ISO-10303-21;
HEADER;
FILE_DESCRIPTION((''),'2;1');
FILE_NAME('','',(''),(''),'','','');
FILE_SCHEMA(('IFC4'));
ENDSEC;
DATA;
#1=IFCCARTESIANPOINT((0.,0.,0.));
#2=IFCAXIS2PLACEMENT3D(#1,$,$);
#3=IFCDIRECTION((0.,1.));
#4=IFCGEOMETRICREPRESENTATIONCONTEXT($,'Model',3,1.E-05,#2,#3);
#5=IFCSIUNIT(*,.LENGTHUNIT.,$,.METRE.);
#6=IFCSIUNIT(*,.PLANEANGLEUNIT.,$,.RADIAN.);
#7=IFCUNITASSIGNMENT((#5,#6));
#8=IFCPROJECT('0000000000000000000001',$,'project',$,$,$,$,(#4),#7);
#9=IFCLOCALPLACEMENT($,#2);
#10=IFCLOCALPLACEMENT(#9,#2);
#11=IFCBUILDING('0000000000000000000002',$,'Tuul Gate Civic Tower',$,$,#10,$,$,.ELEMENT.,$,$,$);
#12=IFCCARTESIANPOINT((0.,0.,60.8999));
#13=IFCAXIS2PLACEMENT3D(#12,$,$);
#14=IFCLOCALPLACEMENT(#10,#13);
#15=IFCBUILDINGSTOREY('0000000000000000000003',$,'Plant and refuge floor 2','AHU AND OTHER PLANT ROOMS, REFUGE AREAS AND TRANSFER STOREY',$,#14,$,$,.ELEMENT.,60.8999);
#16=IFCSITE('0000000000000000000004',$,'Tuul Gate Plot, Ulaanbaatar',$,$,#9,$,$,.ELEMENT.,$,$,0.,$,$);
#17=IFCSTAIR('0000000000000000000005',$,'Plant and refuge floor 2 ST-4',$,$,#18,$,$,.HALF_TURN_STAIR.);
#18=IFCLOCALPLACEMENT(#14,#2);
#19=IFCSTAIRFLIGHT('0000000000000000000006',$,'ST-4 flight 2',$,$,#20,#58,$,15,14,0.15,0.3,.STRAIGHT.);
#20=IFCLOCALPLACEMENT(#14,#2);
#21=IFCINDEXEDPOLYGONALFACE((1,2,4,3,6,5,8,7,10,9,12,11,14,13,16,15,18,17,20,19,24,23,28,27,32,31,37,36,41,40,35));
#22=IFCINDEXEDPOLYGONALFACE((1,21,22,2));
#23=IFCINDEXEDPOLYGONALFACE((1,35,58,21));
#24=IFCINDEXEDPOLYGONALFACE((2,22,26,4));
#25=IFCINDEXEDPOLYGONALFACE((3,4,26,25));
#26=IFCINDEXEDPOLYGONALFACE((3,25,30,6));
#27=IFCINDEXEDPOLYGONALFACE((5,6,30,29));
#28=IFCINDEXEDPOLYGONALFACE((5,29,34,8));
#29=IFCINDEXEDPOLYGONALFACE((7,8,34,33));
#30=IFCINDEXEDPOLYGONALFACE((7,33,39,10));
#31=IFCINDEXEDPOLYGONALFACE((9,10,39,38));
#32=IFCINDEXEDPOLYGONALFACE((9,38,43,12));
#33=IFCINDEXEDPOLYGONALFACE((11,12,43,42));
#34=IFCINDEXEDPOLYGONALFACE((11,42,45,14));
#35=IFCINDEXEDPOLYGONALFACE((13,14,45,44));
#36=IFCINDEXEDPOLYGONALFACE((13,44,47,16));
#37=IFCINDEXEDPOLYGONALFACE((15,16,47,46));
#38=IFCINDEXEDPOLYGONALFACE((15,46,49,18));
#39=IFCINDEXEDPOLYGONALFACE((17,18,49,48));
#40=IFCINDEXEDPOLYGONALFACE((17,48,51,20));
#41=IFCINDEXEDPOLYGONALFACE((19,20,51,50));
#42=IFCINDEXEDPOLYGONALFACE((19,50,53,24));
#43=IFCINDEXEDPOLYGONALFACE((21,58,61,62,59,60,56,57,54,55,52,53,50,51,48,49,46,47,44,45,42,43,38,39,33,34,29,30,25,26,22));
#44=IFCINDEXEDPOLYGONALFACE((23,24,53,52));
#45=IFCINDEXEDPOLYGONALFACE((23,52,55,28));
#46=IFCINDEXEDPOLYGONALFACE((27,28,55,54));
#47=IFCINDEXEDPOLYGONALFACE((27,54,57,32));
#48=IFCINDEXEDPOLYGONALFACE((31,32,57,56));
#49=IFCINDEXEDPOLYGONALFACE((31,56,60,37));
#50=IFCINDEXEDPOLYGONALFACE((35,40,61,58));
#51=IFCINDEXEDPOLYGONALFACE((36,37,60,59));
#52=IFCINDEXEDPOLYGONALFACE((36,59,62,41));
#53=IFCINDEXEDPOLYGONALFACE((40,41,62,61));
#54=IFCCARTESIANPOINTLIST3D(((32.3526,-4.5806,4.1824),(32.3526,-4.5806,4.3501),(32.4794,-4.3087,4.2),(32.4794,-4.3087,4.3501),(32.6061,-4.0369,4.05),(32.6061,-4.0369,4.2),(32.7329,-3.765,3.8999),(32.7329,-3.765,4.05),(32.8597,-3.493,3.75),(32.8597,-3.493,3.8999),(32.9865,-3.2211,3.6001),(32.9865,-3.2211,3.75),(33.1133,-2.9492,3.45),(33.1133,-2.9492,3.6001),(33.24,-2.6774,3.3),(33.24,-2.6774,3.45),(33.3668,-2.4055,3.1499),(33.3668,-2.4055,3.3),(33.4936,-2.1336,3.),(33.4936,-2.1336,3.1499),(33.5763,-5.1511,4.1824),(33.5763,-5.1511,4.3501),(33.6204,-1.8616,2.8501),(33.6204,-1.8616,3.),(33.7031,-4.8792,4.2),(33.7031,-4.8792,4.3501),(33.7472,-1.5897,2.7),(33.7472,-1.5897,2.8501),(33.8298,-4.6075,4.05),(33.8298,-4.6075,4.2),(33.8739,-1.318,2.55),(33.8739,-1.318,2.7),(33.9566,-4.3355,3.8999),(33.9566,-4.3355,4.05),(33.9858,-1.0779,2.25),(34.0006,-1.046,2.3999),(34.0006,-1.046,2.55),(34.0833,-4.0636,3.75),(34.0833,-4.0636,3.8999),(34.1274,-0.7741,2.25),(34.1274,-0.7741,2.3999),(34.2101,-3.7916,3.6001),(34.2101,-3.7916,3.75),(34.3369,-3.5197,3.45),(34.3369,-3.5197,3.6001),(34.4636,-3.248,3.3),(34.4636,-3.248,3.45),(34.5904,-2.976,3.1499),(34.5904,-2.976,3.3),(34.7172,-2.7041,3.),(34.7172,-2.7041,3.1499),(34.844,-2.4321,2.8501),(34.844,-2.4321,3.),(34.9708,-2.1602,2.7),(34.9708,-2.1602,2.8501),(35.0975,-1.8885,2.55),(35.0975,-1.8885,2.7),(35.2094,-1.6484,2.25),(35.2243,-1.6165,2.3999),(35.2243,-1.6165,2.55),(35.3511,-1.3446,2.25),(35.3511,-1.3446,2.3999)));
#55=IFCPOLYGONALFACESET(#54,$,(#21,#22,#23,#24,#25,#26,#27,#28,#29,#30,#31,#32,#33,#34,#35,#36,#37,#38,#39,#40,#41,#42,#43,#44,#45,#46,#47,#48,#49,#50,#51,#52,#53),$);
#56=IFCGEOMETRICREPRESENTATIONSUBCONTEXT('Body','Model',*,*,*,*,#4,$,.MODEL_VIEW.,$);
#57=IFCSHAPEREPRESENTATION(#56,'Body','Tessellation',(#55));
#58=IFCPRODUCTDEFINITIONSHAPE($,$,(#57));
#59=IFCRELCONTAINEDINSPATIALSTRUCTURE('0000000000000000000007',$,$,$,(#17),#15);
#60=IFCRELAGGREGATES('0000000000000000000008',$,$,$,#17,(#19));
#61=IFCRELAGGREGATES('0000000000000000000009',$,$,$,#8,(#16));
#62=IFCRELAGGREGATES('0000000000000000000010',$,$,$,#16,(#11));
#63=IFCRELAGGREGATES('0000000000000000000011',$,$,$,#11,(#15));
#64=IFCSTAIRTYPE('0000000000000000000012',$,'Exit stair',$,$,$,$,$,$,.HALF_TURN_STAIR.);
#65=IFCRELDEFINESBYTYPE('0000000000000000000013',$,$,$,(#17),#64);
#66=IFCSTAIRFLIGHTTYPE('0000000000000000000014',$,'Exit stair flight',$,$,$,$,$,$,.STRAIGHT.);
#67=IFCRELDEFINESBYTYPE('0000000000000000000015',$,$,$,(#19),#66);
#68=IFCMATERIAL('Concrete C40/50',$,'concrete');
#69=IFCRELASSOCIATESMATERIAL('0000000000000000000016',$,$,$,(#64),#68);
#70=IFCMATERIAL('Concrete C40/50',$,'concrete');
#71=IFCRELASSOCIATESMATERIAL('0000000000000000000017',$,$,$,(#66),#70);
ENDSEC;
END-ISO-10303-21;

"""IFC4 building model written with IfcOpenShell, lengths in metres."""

from ifc_helpers import new_model, si_unit, direction, frame, origin, place, context, subcontext, project, spatial, polyline, outline, extrude, material, type_object, element, aggregate, save


model = new_model("IFC4")

# Units and contexts
model_context = context("Model", 3, precision=1e-05, world=origin(), true_north=direction((0.0, 1.0)))
body_context = subcontext(model_context, "Body", "Model", "MODEL_VIEW")
ifc_project = project(units=[si_unit("LENGTHUNIT", "METRE"), si_unit("PLANEANGLEUNIT", "RADIAN")], contexts=[model_context])

# Site, building, storey
site_placement = place(None, origin())
site = spatial("IfcSite", under=ifc_project, at=site_placement, Name="Tuul Gate Plot, Ulaanbaatar", CompositionType="ELEMENT", RefElevation=0.0)
building_placement = place(site_placement, origin())
building = spatial("IfcBuilding", under=site, at=building_placement, Name="Tuul Gate Civic Tower", CompositionType="ELEMENT")
storey_placement = place(building_placement, frame((0.0, 0.0, 60.8999)))
storey = spatial("IfcBuildingStorey", under=building, at=storey_placement, Name="Plant and refuge floor 2", Description="AHU AND OTHER PLANT ROOMS, REFUGE AREAS AND TRANSFER STOREY", CompositionType="ELEMENT", Elevation=60.8999)

# Stair, stair flight
ifc_material_1 = material(Name="Concrete C40/50", Category="concrete")
stair_type = type_object("IfcStairType", Name="Exit stair", PredefinedType="HALF_TURN_STAIR", material=ifc_material_1)
stair_placement = place(storey_placement, origin())
stair = element("IfcStair", 1, at=stair_placement, inside=storey, type_object=stair_type, Name="Plant and refuge floor 2 ST-4", PredefinedType="HALF_TURN_STAIR")
ifc_material_2 = material(Name="Concrete C40/50", Category="concrete")
stair_flight_type = type_object("IfcStairFlightType", Name="Exit stair flight", PredefinedType="STRAIGHT", material=ifc_material_2)
stair_flight_placement = place(storey_placement, frame((34.7393, -1.0593, 2.25), z_axis=(0.0, 0.0, 1.0), x_axis=(-0.422576, -0.906327, 0.0)))
stair_flight = element("IfcStairFlight", 2, at=stair_flight_placement, type_object=stair_flight_type, Name="ST-4 flight 2", NumberOfRisers=15, NumberOfTreads=14, PredefinedType="STRAIGHT", RiserHeight=0.15, TreadLength=0.3, context=body_context, shape_type="SweptSolid", body=[
    extrude(outline(polyline([(0.0, 0.0), (0.0, 0.1499), (0.3, 0.1499), (0.3, 0.3), (0.6001, 0.3), (0.6001, 0.45), (0.8999, 0.45), (0.8999, 0.6001), (1.2, 0.6001), (1.2, 0.75), (1.5, 0.75), (1.5, 0.8999), (1.8, 0.8999), (1.8, 1.05), (2.1001, 1.05), (2.1001, 1.2), (2.3999, 1.2), (2.3999, 1.3501), (2.7, 1.3501), (2.7, 1.5), (3.0, 1.5), (3.0, 1.6499), (3.3, 1.6499), (3.3, 1.8), (3.6001, 1.8), (3.6001, 1.95), (3.8999, 1.95), (3.8999, 2.1001), (4.2, 2.1001), (4.2, 2.25), (4.2, 1.9324), (0.3352, 0.0), (0.0, 0.0)])), frame((0.0, 0.675, 0.0), z_axis=(0.0, -1.0, 0.0), x_axis=(1.0, 0.0, 0.0)), (0.0, 0.0, 1.0), 1.3501),
])
aggregate(stair, [stair_flight])

save(model, "model.ifc")
